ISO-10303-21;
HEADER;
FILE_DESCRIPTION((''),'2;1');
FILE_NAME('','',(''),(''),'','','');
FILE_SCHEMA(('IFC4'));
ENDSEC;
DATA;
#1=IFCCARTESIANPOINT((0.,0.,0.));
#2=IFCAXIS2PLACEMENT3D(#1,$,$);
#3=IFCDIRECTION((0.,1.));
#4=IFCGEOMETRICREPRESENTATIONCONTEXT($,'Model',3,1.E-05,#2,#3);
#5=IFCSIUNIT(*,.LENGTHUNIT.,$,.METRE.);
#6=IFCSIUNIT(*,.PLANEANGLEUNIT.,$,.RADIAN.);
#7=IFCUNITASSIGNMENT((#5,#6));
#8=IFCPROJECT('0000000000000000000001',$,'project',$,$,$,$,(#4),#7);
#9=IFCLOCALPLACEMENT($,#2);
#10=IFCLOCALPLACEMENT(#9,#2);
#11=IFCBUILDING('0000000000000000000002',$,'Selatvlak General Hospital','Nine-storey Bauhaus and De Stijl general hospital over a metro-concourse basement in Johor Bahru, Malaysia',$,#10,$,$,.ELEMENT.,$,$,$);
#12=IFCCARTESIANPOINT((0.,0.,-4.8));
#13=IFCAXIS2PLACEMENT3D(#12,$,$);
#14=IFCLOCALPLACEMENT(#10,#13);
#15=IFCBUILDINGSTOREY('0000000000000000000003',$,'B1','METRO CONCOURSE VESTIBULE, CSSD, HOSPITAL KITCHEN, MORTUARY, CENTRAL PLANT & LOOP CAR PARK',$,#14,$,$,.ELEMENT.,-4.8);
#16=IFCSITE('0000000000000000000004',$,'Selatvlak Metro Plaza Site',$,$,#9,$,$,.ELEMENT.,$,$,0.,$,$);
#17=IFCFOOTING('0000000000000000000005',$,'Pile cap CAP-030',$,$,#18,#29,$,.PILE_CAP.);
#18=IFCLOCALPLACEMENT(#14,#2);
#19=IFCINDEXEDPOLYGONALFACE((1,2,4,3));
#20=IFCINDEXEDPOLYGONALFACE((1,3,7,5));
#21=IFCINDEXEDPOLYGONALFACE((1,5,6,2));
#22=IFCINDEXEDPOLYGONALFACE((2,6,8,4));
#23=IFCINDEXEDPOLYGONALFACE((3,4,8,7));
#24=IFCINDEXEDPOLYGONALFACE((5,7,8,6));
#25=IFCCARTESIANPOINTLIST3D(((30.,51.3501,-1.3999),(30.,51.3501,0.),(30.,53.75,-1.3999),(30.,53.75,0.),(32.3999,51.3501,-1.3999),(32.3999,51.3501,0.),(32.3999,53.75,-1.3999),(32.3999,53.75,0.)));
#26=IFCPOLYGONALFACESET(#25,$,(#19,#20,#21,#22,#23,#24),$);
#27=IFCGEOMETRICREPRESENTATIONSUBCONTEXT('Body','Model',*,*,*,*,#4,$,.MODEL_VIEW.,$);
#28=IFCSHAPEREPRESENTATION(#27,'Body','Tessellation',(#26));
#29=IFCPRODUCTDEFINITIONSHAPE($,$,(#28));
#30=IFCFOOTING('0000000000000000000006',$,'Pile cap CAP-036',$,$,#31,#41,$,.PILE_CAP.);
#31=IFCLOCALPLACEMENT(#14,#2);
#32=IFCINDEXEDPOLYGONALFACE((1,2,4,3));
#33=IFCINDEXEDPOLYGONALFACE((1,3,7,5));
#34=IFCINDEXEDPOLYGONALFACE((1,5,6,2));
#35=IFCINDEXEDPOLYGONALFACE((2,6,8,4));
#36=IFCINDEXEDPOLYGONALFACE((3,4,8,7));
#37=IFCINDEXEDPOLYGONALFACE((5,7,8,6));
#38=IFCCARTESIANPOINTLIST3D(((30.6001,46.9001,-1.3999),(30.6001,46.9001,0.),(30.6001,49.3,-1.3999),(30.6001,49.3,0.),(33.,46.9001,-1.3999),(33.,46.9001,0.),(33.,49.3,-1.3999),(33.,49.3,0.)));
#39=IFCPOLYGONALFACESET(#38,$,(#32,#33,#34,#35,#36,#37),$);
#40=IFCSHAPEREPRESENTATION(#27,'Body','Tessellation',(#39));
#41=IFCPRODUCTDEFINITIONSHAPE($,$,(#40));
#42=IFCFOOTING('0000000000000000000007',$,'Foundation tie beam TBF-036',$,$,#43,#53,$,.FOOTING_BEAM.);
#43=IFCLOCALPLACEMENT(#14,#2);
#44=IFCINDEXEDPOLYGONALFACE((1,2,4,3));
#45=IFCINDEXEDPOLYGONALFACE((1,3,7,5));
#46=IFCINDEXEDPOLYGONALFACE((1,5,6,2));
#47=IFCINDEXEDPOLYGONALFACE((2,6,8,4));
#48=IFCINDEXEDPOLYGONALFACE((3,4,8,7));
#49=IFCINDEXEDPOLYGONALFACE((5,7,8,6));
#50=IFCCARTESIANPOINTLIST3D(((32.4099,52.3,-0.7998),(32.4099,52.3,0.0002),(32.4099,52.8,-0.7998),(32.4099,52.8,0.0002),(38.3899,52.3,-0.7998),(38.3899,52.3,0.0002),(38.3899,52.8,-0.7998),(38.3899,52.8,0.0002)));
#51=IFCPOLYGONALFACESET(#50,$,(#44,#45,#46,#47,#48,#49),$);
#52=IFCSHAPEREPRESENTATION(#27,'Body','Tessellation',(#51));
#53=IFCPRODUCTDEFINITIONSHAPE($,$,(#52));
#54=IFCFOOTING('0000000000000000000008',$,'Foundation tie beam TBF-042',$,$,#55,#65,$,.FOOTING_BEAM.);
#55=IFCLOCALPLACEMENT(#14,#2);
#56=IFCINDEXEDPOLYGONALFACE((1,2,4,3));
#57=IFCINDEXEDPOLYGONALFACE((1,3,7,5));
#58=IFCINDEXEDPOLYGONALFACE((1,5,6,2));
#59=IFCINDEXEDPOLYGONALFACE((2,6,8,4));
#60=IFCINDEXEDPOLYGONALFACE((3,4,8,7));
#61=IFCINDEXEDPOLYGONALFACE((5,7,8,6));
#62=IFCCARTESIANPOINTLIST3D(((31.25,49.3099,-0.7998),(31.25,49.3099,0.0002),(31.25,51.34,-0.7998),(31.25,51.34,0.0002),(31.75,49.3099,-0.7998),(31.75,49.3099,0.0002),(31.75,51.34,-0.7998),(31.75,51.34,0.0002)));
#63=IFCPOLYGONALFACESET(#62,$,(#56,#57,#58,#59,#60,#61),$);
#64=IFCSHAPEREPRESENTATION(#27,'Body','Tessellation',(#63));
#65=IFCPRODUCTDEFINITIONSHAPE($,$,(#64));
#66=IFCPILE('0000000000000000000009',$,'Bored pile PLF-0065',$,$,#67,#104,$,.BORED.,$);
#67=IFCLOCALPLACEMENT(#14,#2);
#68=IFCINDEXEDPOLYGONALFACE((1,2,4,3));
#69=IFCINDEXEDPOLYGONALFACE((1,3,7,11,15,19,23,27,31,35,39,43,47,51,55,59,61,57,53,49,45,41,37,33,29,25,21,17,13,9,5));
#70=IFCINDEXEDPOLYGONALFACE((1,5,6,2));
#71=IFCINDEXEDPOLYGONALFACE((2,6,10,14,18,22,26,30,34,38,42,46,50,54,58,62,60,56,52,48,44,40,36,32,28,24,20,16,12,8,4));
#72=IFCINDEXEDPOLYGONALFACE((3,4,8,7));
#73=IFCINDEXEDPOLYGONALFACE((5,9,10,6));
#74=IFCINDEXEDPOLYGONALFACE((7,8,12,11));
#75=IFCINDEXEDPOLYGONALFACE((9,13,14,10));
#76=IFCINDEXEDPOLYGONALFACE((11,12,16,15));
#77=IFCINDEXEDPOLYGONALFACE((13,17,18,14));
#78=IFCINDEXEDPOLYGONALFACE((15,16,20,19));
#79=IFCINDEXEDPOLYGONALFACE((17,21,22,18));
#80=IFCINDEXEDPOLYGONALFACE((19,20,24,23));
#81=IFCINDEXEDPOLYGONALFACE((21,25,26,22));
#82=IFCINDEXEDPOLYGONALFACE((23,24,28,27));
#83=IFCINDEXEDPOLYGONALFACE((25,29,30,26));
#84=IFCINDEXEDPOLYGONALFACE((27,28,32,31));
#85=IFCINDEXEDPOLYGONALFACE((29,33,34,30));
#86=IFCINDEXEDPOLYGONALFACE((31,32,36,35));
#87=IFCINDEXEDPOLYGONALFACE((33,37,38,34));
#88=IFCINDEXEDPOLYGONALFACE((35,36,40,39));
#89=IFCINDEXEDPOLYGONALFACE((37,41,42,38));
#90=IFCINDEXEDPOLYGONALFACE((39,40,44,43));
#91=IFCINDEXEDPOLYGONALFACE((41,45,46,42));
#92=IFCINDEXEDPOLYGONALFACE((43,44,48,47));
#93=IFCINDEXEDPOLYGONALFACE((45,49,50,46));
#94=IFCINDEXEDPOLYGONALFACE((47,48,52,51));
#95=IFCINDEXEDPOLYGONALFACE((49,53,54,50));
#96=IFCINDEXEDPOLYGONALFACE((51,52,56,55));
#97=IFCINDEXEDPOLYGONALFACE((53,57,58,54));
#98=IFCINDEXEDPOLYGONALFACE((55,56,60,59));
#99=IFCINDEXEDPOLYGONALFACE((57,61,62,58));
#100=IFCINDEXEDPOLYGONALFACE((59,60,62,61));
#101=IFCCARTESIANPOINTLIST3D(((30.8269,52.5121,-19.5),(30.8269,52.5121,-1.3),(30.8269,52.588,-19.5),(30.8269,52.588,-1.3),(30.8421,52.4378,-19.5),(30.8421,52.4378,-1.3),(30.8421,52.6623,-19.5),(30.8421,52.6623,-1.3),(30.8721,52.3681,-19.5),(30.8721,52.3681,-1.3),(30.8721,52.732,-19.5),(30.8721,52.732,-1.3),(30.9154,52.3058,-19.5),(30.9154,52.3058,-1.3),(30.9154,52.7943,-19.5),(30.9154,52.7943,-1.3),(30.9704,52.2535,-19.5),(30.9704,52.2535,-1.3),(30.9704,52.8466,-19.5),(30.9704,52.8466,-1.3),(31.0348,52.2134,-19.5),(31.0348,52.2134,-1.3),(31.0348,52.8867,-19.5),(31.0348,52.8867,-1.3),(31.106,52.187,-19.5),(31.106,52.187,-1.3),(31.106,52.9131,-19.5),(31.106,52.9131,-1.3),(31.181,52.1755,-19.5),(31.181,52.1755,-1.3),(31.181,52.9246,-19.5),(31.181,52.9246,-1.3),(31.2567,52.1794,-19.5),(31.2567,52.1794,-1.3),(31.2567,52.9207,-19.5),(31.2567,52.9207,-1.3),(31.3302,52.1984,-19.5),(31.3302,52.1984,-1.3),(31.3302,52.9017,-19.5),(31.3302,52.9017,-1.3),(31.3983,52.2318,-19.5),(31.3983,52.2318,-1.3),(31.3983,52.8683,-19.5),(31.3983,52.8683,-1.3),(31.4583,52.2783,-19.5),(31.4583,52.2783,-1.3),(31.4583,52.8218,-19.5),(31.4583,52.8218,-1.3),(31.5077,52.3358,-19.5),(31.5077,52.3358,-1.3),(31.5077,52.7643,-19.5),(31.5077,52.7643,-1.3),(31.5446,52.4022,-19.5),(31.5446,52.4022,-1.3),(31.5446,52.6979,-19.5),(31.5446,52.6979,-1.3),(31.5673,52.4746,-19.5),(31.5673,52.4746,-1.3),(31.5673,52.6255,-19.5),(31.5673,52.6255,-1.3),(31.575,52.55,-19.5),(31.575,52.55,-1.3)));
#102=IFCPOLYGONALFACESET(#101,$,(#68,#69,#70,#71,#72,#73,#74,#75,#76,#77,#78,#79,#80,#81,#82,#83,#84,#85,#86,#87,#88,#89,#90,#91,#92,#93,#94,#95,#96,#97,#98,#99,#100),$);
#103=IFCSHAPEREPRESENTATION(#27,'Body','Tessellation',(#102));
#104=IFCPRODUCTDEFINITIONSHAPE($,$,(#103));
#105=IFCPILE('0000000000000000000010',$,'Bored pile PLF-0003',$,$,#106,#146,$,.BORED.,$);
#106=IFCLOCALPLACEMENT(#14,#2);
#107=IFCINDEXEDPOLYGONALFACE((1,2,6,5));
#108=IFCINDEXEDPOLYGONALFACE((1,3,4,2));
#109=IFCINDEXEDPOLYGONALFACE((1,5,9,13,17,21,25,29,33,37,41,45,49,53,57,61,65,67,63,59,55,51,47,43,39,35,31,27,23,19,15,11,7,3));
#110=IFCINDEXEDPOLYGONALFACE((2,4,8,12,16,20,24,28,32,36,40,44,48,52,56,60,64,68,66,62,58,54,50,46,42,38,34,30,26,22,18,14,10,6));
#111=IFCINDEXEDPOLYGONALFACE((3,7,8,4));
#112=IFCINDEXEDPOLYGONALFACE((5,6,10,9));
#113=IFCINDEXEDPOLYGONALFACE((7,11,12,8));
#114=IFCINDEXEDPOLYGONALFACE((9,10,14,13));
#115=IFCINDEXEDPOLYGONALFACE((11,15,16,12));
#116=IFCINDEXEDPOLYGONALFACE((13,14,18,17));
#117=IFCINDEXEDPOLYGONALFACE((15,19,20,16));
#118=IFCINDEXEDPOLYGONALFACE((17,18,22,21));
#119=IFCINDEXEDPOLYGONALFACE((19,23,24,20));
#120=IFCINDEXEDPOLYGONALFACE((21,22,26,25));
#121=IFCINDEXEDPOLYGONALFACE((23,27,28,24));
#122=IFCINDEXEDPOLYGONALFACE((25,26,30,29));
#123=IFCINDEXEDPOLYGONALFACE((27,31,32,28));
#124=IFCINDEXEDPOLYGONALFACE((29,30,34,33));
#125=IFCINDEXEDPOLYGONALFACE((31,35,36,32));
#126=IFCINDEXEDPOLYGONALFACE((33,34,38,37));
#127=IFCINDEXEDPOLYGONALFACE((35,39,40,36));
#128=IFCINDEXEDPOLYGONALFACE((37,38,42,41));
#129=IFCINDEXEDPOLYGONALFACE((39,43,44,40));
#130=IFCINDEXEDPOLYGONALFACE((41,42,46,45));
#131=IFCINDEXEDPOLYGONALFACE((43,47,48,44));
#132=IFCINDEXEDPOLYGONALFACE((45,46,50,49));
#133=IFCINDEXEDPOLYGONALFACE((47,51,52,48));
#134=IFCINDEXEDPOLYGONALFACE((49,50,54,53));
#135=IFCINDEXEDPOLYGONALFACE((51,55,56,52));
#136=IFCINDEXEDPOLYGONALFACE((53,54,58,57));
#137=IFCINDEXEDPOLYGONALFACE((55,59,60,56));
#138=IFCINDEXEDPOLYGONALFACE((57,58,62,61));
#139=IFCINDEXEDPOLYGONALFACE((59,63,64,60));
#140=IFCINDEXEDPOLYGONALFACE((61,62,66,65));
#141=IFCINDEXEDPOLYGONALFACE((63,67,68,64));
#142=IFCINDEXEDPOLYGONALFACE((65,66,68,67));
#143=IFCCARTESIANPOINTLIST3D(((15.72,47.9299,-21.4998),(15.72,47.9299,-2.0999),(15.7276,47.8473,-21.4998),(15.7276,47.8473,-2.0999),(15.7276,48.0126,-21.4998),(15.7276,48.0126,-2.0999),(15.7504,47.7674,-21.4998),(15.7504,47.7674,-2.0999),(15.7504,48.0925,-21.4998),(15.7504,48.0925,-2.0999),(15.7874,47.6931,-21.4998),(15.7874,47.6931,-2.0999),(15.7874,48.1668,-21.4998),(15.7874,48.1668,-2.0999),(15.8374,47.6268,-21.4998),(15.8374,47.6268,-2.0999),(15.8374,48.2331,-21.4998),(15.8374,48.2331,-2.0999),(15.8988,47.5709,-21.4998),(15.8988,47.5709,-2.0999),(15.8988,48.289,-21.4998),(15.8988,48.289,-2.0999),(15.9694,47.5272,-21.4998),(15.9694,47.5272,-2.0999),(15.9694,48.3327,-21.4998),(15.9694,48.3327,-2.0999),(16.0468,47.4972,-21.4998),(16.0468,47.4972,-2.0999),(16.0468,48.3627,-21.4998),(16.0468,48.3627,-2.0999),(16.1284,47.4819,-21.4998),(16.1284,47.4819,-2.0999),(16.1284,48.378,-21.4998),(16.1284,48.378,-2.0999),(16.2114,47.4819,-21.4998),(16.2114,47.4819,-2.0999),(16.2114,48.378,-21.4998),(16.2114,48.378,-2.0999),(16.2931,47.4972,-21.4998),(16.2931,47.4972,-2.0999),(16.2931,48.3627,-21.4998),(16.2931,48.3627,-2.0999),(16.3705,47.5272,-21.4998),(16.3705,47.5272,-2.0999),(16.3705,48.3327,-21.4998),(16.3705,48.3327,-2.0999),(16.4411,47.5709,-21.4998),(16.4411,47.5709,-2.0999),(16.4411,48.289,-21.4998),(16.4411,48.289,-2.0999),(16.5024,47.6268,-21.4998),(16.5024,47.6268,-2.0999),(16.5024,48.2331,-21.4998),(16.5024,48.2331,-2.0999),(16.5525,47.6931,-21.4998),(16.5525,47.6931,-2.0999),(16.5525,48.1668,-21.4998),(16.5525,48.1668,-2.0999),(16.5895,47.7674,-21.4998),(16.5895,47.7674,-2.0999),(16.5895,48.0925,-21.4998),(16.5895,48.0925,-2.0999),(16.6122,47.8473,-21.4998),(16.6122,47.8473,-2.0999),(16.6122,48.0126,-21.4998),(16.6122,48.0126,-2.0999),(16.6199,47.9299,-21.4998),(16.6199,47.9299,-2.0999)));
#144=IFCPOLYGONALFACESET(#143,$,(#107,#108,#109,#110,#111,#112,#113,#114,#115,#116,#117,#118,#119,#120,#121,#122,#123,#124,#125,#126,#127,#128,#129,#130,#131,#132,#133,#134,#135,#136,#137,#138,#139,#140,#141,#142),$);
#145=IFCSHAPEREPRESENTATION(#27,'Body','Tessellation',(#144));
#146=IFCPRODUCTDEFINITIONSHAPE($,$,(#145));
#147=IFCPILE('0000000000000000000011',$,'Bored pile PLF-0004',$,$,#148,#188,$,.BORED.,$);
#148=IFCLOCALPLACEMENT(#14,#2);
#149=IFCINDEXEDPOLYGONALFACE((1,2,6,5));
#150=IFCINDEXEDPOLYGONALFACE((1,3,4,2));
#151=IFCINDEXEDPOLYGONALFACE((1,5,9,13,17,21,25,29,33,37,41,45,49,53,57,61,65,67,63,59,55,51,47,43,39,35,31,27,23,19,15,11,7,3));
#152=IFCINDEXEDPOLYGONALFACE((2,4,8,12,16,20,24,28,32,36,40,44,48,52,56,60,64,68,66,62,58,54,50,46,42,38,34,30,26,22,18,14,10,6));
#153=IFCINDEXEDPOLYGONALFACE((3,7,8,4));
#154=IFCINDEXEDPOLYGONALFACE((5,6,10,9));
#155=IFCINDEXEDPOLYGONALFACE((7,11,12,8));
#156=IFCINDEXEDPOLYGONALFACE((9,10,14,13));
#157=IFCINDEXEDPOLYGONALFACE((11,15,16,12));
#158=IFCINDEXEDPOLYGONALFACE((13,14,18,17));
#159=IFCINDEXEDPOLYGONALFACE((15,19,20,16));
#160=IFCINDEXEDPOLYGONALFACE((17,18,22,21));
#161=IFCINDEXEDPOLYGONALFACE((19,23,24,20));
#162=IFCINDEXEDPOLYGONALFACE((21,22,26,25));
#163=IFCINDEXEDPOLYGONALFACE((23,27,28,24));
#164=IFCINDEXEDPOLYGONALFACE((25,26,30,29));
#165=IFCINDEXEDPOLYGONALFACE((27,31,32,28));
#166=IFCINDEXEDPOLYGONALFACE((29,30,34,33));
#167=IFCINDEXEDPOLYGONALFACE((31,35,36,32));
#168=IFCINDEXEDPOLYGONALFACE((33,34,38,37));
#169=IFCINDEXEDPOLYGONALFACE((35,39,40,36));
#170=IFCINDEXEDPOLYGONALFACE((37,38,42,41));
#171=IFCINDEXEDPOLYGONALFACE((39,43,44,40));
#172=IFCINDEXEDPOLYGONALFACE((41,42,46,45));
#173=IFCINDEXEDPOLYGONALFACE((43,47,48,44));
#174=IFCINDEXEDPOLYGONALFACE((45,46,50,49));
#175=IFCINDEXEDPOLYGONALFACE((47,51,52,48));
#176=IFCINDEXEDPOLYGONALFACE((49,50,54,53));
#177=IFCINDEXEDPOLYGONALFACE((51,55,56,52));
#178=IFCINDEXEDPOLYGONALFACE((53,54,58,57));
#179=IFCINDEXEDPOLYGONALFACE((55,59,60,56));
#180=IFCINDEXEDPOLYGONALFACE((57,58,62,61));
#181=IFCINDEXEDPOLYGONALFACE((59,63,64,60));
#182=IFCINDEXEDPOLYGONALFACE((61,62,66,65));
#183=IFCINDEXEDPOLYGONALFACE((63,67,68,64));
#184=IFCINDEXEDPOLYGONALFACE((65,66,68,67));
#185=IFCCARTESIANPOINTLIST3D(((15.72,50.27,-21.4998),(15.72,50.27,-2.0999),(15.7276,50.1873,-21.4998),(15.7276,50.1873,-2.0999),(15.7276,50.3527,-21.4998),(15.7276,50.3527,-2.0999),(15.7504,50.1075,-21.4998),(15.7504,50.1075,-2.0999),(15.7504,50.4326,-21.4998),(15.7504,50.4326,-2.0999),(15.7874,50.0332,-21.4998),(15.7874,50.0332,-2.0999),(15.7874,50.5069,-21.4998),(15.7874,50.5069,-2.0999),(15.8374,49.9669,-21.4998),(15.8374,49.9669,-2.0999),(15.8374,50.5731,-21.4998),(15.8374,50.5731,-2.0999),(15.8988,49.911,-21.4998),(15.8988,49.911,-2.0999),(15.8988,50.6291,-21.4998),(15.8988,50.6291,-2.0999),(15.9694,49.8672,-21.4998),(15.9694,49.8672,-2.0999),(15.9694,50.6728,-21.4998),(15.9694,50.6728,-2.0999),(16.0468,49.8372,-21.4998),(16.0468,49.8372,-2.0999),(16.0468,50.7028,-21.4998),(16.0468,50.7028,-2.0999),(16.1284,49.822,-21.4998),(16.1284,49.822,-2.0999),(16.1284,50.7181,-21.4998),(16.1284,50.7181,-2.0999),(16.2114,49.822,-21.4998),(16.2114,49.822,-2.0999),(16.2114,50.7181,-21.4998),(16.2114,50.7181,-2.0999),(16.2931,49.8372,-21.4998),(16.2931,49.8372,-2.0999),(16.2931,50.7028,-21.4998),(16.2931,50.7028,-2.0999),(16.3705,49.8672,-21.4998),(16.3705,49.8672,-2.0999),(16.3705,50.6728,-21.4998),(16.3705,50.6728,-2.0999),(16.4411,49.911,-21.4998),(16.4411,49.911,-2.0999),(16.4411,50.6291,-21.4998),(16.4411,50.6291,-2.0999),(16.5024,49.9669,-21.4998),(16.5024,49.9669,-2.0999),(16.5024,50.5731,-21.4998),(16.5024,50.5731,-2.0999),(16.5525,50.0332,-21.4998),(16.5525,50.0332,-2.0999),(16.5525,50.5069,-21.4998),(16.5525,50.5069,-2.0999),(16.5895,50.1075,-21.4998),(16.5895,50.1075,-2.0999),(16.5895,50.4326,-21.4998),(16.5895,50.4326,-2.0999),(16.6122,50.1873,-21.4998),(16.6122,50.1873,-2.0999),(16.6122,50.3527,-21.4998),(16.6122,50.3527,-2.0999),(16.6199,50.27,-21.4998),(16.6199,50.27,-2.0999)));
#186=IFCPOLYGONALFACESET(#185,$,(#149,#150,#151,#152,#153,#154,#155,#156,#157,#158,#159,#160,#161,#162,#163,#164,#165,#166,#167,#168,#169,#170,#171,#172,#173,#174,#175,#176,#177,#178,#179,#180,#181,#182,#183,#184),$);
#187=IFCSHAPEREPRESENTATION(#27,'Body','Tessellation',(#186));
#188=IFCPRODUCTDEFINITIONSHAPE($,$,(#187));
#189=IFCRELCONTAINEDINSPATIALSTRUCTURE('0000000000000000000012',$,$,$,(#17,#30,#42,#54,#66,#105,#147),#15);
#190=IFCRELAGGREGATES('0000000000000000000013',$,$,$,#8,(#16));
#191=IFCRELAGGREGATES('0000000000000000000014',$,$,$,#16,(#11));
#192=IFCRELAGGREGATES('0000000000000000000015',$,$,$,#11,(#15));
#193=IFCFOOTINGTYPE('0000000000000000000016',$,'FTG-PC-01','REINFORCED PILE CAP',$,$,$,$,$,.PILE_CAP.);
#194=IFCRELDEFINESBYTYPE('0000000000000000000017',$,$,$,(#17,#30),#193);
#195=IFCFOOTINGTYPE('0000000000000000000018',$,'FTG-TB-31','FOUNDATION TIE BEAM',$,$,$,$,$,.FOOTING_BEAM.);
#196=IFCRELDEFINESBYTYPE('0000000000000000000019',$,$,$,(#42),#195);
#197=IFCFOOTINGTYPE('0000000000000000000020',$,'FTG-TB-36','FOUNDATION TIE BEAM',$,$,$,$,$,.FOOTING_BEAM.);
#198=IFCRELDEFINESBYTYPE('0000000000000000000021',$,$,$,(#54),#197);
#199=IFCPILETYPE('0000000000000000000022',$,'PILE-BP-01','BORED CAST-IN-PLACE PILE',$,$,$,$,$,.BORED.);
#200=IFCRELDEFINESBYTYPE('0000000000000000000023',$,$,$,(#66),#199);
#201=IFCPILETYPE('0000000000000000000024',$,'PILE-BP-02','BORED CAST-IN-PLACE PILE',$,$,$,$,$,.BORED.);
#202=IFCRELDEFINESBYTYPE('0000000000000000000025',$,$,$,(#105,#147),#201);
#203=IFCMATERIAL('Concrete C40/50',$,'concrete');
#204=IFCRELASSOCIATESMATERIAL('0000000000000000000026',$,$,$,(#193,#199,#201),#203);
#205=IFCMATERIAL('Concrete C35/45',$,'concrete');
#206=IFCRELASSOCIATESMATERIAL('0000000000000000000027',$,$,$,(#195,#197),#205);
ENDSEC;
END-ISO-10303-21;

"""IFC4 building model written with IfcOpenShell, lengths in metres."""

from ifc_helpers import new_model, si_unit, direction, frame, origin, origin_2d, place, context, subcontext, project, spatial, rectangle, circle, extrude, material, material_profile, profile_set, type_object, element, save


model = new_model("IFC4")

# Units and contexts
model_context = context("Model", 3, precision=1e-05, world=origin(), true_north=direction((0.0, 1.0)))
body_context = subcontext(model_context, "Body", "Model", "MODEL_VIEW")
ifc_project = project(units=[si_unit("LENGTHUNIT", "METRE"), si_unit("PLANEANGLEUNIT", "RADIAN")], contexts=[model_context])

# Site, building, storey
site_placement = place(None, origin())
site = spatial("IfcSite", under=ifc_project, at=site_placement, Name="Selatvlak Metro Plaza Site", CompositionType="ELEMENT", RefElevation=0.0)
building_placement = place(site_placement, origin())
building = spatial("IfcBuilding", under=site, at=building_placement, Name="Selatvlak General Hospital", Description="Nine-storey Bauhaus and De Stijl general hospital over a metro-concourse basement in Johor Bahru, Malaysia", CompositionType="ELEMENT")
storey_placement = place(building_placement, frame((0.0, 0.0, -4.8)))
storey = spatial("IfcBuildingStorey", under=building, at=storey_placement, Name="B1", Description="METRO CONCOURSE VESTIBULE, CSSD, HOSPITAL KITCHEN, MORTUARY, CENTRAL PLANT & LOOP CAR PARK", CompositionType="ELEMENT", Elevation=-4.8)

# Footings
ifc_material_1 = material(Name="Concrete C40/50", Category="concrete")
footing_type_1 = type_object("IfcFootingType", Name="FTG-PC-01", Description="REINFORCED PILE CAP", PredefinedType="PILE_CAP", material=ifc_material_1)
for number, where, z_axis, x_axis, name in (
    (1, (31.2, 52.55, -1.3999), (0.0, 0.0, 1.0), (1.0, 0.0, 0.0), "Pile cap CAP-030"),
    (2, (31.8, 48.1001, -1.3999), (0.0, 0.0, 1.0), (1.0, 0.0, 0.0), "Pile cap CAP-036"),
):
    element("IfcFooting", number, at=place(storey_placement, frame(where, z_axis=z_axis, x_axis=x_axis)), inside=storey, type_object=footing_type_1, Name=name, PredefinedType="PILE_CAP", context=body_context, shape_type="SweptSolid", body=[
        extrude(rectangle(XDim=2.3999, YDim=2.3999, at=origin_2d()), origin(), (0.0, 0.0, 1.0), 1.3999),
    ])
ifc_material_2 = material(Name="Concrete C35/45", Category="concrete")
footing_type_2 = type_object("IfcFootingType", Name="FTG-TB-31", Description="FOUNDATION TIE BEAM", PredefinedType="FOOTING_BEAM", material=ifc_material_2)
footing_1_placement = place(storey_placement, frame((35.3999, 52.55, -0.7998), z_axis=(0.0, 0.0, 1.0), x_axis=(1.0, 0.0, 0.0)))
element("IfcFooting", 3, at=footing_1_placement, inside=storey, type_object=footing_type_2, Name="Foundation tie beam TBF-036", PredefinedType="FOOTING_BEAM", context=body_context, shape_type="SweptSolid", body=[
    extrude(rectangle(XDim=5.98, YDim=0.5, at=origin_2d()), origin(), (0.0, 0.0, 1.0), 0.8),
])
footing_type_3 = type_object("IfcFootingType", Name="FTG-TB-36", Description="FOUNDATION TIE BEAM", PredefinedType="FOOTING_BEAM", material=ifc_material_2)
footing_2_placement = place(storey_placement, frame((31.5, 50.325, -0.7998), z_axis=(0.0, 0.0, 1.0), x_axis=(0.0, 1.0, 0.0)))
element("IfcFooting", 4, at=footing_2_placement, inside=storey, type_object=footing_type_3, Name="Foundation tie beam TBF-042", PredefinedType="FOOTING_BEAM", context=body_context, shape_type="SweptSolid", body=[
    extrude(rectangle(XDim=2.03, YDim=0.5, at=origin_2d()), origin(), (0.0, 0.0, 1.0), 0.8),
])

# Piles
ifc_material_profile_1 = material_profile(ifc_material_1, circle(Radius=0.375, at=origin_2d()), Name="BORED PILE 750")
ifc_profile_set_1 = profile_set([ifc_material_profile_1], Name="Concrete C40/50")
pile_type_1 = type_object("IfcPileType", Name="PILE-BP-01", Description="BORED CAST-IN-PLACE PILE", PredefinedType="BORED", material=ifc_profile_set_1)
pile_1_placement = place(storey_placement, frame((31.2, 52.55, -1.3), z_axis=(0.0, 0.0, -1.0), x_axis=(1.0, 0.0, 0.0)))
element("IfcPile", 5, at=pile_1_placement, inside=storey, type_object=pile_type_1, Name="Bored pile PLF-0065", PredefinedType="BORED", context=body_context, shape_type="SweptSolid", body=[
    extrude(circle(Radius=0.375, at=origin_2d()), origin(), (0.0, 0.0, 1.0), 18.2),
])
ifc_material_profile_2 = material_profile(ifc_material_1, circle(Radius=0.45, at=origin_2d()), Name="BORED PILE 900")
ifc_profile_set_2 = profile_set([ifc_material_profile_2], Name="Concrete C40/50")
pile_type_2 = type_object("IfcPileType", Name="PILE-BP-02", Description="BORED CAST-IN-PLACE PILE", PredefinedType="BORED", material=ifc_profile_set_2)
for number, where, z_axis, x_axis, name in (
    (6, (16.1699, 47.9299, -2.0999), (0.0, 0.0, -1.0), (1.0, 0.0, 0.0), "Bored pile PLF-0003"),
    (7, (16.1699, 50.27, -2.0999), (0.0, 0.0, -1.0), (1.0, 0.0, 0.0), "Bored pile PLF-0004"),
):
    element("IfcPile", number, at=place(storey_placement, frame(where, z_axis=z_axis, x_axis=x_axis)), inside=storey, type_object=pile_type_2, Name=name, PredefinedType="BORED", context=body_context, shape_type="SweptSolid", body=[
        extrude(circle(Radius=0.45, at=origin_2d()), origin(), (0.0, 0.0, 1.0), 19.3999),
    ])

save(model, "model.ifc")
